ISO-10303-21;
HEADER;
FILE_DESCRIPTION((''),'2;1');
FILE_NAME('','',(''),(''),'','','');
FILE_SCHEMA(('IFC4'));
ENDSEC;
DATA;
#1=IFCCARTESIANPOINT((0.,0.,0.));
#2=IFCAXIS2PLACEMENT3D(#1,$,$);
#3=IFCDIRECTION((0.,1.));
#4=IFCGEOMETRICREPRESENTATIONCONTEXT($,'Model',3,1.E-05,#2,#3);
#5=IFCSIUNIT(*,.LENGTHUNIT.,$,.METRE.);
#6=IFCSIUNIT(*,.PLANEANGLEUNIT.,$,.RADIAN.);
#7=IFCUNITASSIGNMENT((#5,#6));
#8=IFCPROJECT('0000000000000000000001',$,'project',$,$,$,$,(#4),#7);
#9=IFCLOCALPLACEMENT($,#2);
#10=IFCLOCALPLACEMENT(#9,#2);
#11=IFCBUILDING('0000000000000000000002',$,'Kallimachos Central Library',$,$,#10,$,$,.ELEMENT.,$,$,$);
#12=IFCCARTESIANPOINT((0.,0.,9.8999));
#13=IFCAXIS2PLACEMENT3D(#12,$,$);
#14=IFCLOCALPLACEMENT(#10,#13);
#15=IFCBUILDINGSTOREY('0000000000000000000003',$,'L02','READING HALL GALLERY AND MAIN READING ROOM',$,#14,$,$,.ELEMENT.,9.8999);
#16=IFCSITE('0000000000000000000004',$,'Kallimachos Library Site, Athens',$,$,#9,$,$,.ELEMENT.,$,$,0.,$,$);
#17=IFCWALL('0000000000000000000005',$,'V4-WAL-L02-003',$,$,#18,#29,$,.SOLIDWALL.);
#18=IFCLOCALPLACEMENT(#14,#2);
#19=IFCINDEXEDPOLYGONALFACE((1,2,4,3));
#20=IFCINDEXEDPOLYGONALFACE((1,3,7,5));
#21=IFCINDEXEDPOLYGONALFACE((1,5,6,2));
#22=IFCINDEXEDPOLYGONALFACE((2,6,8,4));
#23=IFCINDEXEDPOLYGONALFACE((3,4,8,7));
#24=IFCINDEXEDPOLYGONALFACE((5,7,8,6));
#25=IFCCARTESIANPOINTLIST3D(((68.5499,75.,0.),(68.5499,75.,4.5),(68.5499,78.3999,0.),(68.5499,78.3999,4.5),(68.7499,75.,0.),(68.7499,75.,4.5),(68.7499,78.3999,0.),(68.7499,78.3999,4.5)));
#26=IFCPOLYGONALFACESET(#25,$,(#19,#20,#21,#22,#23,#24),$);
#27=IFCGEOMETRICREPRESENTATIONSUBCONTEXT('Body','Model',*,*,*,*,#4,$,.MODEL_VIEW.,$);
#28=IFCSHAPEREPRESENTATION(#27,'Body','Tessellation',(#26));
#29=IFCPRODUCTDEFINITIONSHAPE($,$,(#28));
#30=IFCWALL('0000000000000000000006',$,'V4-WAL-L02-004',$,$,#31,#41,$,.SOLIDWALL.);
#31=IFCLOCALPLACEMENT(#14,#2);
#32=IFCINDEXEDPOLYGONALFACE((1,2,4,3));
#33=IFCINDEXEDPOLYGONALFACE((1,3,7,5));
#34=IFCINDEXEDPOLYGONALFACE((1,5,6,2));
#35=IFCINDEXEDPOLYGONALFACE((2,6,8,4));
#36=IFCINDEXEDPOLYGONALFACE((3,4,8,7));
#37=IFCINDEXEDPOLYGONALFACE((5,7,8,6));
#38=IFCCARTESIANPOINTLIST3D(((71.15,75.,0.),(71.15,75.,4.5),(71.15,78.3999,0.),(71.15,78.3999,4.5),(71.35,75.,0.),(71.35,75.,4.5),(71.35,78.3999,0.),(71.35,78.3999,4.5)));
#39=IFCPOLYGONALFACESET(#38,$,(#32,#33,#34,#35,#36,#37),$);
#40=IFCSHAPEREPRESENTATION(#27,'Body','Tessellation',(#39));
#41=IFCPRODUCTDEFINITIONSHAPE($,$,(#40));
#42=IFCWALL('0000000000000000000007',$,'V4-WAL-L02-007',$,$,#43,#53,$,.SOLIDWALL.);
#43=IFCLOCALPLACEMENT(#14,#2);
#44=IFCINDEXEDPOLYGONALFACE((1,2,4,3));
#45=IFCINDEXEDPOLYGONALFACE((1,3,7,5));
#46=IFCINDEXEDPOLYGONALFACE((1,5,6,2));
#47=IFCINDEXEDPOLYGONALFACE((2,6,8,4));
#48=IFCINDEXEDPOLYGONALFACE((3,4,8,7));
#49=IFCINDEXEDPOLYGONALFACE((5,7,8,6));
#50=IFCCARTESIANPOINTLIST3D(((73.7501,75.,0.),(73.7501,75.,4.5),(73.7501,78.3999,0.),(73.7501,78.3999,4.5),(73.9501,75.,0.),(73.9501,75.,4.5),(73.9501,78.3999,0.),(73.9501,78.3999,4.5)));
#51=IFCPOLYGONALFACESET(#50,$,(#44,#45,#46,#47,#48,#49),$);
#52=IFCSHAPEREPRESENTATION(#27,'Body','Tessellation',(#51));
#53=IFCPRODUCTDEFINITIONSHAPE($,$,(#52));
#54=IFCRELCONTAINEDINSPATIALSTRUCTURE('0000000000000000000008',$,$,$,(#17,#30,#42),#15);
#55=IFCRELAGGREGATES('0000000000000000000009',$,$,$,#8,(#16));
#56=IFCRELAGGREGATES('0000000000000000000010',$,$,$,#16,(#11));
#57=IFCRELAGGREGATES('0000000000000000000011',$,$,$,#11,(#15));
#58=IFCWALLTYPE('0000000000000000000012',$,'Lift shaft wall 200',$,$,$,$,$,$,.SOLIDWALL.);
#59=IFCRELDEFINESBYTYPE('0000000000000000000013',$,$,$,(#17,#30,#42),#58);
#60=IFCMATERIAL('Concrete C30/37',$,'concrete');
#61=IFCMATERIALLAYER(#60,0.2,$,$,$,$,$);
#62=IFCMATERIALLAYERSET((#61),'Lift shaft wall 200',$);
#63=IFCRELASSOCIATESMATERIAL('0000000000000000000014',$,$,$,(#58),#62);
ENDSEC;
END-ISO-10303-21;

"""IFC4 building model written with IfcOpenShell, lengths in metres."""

from ifc_helpers import new_model, si_unit, direction, frame, frame_2d, origin, place, context, subcontext, project, spatial, rectangle, extrude, material, layer, layer_set, type_object, element, save


model = new_model("IFC4")

# Units and contexts
model_context = context("Model", 3, precision=1e-05, world=origin(), true_north=direction((0.0, 1.0)))
body_context = subcontext(model_context, "Body", "Model", "MODEL_VIEW")
ifc_project = project(units=[si_unit("LENGTHUNIT", "METRE"), si_unit("PLANEANGLEUNIT", "RADIAN")], contexts=[model_context])

# Site, building, storey
site_placement = place(None, origin())
site = spatial("IfcSite", under=ifc_project, at=site_placement, Name="Kallimachos Library Site, Athens", CompositionType="ELEMENT", RefElevation=0.0)
building_placement = place(site_placement, origin())
building = spatial("IfcBuilding", under=site, at=building_placement, Name="Kallimachos Central Library", CompositionType="ELEMENT")
storey_placement = place(building_placement, frame((0.0, 0.0, 9.8999)))
storey = spatial("IfcBuildingStorey", under=building, at=storey_placement, Name="L02", Description="READING HALL GALLERY AND MAIN READING ROOM", CompositionType="ELEMENT", Elevation=9.8999)

# Walls
ifc_material_1 = material(Name="Concrete C30/37", Category="concrete")
ifc_layer_1 = layer(ifc_material_1, 0.2)
ifc_layer_set_1 = layer_set([ifc_layer_1], Name="Lift shaft wall 200")
wall_type = type_object("IfcWallType", Name="Lift shaft wall 200", PredefinedType="SOLIDWALL", material=ifc_layer_set_1)
for number, where, z_axis, x_axis, name in (
    (1, (68.6499, 75.0, 0.0), (0.0, 0.0, 1.0), (0.0, 1.0, 0.0), "V4-WAL-L02-003"),
    (2, (71.25, 75.0, 0.0), (0.0, 0.0, 1.0), (0.0, 1.0, 0.0), "V4-WAL-L02-004"),
    (3, (73.8501, 75.0, 0.0), (0.0, 0.0, 1.0), (0.0, 1.0, 0.0), "V4-WAL-L02-007"),
):
    element("IfcWall", number, at=place(storey_placement, frame(where, z_axis=z_axis, x_axis=x_axis)), inside=storey, type_object=wall_type, Name=name, PredefinedType="SOLIDWALL", context=body_context, shape_type="SweptSolid", body=[
        extrude(rectangle(XDim=3.3999, YDim=0.2, at=frame_2d((1.7, 0.0))), origin(), (0.0, 0.0, 1.0), 4.5),
    ])

save(model, "model.ifc")
